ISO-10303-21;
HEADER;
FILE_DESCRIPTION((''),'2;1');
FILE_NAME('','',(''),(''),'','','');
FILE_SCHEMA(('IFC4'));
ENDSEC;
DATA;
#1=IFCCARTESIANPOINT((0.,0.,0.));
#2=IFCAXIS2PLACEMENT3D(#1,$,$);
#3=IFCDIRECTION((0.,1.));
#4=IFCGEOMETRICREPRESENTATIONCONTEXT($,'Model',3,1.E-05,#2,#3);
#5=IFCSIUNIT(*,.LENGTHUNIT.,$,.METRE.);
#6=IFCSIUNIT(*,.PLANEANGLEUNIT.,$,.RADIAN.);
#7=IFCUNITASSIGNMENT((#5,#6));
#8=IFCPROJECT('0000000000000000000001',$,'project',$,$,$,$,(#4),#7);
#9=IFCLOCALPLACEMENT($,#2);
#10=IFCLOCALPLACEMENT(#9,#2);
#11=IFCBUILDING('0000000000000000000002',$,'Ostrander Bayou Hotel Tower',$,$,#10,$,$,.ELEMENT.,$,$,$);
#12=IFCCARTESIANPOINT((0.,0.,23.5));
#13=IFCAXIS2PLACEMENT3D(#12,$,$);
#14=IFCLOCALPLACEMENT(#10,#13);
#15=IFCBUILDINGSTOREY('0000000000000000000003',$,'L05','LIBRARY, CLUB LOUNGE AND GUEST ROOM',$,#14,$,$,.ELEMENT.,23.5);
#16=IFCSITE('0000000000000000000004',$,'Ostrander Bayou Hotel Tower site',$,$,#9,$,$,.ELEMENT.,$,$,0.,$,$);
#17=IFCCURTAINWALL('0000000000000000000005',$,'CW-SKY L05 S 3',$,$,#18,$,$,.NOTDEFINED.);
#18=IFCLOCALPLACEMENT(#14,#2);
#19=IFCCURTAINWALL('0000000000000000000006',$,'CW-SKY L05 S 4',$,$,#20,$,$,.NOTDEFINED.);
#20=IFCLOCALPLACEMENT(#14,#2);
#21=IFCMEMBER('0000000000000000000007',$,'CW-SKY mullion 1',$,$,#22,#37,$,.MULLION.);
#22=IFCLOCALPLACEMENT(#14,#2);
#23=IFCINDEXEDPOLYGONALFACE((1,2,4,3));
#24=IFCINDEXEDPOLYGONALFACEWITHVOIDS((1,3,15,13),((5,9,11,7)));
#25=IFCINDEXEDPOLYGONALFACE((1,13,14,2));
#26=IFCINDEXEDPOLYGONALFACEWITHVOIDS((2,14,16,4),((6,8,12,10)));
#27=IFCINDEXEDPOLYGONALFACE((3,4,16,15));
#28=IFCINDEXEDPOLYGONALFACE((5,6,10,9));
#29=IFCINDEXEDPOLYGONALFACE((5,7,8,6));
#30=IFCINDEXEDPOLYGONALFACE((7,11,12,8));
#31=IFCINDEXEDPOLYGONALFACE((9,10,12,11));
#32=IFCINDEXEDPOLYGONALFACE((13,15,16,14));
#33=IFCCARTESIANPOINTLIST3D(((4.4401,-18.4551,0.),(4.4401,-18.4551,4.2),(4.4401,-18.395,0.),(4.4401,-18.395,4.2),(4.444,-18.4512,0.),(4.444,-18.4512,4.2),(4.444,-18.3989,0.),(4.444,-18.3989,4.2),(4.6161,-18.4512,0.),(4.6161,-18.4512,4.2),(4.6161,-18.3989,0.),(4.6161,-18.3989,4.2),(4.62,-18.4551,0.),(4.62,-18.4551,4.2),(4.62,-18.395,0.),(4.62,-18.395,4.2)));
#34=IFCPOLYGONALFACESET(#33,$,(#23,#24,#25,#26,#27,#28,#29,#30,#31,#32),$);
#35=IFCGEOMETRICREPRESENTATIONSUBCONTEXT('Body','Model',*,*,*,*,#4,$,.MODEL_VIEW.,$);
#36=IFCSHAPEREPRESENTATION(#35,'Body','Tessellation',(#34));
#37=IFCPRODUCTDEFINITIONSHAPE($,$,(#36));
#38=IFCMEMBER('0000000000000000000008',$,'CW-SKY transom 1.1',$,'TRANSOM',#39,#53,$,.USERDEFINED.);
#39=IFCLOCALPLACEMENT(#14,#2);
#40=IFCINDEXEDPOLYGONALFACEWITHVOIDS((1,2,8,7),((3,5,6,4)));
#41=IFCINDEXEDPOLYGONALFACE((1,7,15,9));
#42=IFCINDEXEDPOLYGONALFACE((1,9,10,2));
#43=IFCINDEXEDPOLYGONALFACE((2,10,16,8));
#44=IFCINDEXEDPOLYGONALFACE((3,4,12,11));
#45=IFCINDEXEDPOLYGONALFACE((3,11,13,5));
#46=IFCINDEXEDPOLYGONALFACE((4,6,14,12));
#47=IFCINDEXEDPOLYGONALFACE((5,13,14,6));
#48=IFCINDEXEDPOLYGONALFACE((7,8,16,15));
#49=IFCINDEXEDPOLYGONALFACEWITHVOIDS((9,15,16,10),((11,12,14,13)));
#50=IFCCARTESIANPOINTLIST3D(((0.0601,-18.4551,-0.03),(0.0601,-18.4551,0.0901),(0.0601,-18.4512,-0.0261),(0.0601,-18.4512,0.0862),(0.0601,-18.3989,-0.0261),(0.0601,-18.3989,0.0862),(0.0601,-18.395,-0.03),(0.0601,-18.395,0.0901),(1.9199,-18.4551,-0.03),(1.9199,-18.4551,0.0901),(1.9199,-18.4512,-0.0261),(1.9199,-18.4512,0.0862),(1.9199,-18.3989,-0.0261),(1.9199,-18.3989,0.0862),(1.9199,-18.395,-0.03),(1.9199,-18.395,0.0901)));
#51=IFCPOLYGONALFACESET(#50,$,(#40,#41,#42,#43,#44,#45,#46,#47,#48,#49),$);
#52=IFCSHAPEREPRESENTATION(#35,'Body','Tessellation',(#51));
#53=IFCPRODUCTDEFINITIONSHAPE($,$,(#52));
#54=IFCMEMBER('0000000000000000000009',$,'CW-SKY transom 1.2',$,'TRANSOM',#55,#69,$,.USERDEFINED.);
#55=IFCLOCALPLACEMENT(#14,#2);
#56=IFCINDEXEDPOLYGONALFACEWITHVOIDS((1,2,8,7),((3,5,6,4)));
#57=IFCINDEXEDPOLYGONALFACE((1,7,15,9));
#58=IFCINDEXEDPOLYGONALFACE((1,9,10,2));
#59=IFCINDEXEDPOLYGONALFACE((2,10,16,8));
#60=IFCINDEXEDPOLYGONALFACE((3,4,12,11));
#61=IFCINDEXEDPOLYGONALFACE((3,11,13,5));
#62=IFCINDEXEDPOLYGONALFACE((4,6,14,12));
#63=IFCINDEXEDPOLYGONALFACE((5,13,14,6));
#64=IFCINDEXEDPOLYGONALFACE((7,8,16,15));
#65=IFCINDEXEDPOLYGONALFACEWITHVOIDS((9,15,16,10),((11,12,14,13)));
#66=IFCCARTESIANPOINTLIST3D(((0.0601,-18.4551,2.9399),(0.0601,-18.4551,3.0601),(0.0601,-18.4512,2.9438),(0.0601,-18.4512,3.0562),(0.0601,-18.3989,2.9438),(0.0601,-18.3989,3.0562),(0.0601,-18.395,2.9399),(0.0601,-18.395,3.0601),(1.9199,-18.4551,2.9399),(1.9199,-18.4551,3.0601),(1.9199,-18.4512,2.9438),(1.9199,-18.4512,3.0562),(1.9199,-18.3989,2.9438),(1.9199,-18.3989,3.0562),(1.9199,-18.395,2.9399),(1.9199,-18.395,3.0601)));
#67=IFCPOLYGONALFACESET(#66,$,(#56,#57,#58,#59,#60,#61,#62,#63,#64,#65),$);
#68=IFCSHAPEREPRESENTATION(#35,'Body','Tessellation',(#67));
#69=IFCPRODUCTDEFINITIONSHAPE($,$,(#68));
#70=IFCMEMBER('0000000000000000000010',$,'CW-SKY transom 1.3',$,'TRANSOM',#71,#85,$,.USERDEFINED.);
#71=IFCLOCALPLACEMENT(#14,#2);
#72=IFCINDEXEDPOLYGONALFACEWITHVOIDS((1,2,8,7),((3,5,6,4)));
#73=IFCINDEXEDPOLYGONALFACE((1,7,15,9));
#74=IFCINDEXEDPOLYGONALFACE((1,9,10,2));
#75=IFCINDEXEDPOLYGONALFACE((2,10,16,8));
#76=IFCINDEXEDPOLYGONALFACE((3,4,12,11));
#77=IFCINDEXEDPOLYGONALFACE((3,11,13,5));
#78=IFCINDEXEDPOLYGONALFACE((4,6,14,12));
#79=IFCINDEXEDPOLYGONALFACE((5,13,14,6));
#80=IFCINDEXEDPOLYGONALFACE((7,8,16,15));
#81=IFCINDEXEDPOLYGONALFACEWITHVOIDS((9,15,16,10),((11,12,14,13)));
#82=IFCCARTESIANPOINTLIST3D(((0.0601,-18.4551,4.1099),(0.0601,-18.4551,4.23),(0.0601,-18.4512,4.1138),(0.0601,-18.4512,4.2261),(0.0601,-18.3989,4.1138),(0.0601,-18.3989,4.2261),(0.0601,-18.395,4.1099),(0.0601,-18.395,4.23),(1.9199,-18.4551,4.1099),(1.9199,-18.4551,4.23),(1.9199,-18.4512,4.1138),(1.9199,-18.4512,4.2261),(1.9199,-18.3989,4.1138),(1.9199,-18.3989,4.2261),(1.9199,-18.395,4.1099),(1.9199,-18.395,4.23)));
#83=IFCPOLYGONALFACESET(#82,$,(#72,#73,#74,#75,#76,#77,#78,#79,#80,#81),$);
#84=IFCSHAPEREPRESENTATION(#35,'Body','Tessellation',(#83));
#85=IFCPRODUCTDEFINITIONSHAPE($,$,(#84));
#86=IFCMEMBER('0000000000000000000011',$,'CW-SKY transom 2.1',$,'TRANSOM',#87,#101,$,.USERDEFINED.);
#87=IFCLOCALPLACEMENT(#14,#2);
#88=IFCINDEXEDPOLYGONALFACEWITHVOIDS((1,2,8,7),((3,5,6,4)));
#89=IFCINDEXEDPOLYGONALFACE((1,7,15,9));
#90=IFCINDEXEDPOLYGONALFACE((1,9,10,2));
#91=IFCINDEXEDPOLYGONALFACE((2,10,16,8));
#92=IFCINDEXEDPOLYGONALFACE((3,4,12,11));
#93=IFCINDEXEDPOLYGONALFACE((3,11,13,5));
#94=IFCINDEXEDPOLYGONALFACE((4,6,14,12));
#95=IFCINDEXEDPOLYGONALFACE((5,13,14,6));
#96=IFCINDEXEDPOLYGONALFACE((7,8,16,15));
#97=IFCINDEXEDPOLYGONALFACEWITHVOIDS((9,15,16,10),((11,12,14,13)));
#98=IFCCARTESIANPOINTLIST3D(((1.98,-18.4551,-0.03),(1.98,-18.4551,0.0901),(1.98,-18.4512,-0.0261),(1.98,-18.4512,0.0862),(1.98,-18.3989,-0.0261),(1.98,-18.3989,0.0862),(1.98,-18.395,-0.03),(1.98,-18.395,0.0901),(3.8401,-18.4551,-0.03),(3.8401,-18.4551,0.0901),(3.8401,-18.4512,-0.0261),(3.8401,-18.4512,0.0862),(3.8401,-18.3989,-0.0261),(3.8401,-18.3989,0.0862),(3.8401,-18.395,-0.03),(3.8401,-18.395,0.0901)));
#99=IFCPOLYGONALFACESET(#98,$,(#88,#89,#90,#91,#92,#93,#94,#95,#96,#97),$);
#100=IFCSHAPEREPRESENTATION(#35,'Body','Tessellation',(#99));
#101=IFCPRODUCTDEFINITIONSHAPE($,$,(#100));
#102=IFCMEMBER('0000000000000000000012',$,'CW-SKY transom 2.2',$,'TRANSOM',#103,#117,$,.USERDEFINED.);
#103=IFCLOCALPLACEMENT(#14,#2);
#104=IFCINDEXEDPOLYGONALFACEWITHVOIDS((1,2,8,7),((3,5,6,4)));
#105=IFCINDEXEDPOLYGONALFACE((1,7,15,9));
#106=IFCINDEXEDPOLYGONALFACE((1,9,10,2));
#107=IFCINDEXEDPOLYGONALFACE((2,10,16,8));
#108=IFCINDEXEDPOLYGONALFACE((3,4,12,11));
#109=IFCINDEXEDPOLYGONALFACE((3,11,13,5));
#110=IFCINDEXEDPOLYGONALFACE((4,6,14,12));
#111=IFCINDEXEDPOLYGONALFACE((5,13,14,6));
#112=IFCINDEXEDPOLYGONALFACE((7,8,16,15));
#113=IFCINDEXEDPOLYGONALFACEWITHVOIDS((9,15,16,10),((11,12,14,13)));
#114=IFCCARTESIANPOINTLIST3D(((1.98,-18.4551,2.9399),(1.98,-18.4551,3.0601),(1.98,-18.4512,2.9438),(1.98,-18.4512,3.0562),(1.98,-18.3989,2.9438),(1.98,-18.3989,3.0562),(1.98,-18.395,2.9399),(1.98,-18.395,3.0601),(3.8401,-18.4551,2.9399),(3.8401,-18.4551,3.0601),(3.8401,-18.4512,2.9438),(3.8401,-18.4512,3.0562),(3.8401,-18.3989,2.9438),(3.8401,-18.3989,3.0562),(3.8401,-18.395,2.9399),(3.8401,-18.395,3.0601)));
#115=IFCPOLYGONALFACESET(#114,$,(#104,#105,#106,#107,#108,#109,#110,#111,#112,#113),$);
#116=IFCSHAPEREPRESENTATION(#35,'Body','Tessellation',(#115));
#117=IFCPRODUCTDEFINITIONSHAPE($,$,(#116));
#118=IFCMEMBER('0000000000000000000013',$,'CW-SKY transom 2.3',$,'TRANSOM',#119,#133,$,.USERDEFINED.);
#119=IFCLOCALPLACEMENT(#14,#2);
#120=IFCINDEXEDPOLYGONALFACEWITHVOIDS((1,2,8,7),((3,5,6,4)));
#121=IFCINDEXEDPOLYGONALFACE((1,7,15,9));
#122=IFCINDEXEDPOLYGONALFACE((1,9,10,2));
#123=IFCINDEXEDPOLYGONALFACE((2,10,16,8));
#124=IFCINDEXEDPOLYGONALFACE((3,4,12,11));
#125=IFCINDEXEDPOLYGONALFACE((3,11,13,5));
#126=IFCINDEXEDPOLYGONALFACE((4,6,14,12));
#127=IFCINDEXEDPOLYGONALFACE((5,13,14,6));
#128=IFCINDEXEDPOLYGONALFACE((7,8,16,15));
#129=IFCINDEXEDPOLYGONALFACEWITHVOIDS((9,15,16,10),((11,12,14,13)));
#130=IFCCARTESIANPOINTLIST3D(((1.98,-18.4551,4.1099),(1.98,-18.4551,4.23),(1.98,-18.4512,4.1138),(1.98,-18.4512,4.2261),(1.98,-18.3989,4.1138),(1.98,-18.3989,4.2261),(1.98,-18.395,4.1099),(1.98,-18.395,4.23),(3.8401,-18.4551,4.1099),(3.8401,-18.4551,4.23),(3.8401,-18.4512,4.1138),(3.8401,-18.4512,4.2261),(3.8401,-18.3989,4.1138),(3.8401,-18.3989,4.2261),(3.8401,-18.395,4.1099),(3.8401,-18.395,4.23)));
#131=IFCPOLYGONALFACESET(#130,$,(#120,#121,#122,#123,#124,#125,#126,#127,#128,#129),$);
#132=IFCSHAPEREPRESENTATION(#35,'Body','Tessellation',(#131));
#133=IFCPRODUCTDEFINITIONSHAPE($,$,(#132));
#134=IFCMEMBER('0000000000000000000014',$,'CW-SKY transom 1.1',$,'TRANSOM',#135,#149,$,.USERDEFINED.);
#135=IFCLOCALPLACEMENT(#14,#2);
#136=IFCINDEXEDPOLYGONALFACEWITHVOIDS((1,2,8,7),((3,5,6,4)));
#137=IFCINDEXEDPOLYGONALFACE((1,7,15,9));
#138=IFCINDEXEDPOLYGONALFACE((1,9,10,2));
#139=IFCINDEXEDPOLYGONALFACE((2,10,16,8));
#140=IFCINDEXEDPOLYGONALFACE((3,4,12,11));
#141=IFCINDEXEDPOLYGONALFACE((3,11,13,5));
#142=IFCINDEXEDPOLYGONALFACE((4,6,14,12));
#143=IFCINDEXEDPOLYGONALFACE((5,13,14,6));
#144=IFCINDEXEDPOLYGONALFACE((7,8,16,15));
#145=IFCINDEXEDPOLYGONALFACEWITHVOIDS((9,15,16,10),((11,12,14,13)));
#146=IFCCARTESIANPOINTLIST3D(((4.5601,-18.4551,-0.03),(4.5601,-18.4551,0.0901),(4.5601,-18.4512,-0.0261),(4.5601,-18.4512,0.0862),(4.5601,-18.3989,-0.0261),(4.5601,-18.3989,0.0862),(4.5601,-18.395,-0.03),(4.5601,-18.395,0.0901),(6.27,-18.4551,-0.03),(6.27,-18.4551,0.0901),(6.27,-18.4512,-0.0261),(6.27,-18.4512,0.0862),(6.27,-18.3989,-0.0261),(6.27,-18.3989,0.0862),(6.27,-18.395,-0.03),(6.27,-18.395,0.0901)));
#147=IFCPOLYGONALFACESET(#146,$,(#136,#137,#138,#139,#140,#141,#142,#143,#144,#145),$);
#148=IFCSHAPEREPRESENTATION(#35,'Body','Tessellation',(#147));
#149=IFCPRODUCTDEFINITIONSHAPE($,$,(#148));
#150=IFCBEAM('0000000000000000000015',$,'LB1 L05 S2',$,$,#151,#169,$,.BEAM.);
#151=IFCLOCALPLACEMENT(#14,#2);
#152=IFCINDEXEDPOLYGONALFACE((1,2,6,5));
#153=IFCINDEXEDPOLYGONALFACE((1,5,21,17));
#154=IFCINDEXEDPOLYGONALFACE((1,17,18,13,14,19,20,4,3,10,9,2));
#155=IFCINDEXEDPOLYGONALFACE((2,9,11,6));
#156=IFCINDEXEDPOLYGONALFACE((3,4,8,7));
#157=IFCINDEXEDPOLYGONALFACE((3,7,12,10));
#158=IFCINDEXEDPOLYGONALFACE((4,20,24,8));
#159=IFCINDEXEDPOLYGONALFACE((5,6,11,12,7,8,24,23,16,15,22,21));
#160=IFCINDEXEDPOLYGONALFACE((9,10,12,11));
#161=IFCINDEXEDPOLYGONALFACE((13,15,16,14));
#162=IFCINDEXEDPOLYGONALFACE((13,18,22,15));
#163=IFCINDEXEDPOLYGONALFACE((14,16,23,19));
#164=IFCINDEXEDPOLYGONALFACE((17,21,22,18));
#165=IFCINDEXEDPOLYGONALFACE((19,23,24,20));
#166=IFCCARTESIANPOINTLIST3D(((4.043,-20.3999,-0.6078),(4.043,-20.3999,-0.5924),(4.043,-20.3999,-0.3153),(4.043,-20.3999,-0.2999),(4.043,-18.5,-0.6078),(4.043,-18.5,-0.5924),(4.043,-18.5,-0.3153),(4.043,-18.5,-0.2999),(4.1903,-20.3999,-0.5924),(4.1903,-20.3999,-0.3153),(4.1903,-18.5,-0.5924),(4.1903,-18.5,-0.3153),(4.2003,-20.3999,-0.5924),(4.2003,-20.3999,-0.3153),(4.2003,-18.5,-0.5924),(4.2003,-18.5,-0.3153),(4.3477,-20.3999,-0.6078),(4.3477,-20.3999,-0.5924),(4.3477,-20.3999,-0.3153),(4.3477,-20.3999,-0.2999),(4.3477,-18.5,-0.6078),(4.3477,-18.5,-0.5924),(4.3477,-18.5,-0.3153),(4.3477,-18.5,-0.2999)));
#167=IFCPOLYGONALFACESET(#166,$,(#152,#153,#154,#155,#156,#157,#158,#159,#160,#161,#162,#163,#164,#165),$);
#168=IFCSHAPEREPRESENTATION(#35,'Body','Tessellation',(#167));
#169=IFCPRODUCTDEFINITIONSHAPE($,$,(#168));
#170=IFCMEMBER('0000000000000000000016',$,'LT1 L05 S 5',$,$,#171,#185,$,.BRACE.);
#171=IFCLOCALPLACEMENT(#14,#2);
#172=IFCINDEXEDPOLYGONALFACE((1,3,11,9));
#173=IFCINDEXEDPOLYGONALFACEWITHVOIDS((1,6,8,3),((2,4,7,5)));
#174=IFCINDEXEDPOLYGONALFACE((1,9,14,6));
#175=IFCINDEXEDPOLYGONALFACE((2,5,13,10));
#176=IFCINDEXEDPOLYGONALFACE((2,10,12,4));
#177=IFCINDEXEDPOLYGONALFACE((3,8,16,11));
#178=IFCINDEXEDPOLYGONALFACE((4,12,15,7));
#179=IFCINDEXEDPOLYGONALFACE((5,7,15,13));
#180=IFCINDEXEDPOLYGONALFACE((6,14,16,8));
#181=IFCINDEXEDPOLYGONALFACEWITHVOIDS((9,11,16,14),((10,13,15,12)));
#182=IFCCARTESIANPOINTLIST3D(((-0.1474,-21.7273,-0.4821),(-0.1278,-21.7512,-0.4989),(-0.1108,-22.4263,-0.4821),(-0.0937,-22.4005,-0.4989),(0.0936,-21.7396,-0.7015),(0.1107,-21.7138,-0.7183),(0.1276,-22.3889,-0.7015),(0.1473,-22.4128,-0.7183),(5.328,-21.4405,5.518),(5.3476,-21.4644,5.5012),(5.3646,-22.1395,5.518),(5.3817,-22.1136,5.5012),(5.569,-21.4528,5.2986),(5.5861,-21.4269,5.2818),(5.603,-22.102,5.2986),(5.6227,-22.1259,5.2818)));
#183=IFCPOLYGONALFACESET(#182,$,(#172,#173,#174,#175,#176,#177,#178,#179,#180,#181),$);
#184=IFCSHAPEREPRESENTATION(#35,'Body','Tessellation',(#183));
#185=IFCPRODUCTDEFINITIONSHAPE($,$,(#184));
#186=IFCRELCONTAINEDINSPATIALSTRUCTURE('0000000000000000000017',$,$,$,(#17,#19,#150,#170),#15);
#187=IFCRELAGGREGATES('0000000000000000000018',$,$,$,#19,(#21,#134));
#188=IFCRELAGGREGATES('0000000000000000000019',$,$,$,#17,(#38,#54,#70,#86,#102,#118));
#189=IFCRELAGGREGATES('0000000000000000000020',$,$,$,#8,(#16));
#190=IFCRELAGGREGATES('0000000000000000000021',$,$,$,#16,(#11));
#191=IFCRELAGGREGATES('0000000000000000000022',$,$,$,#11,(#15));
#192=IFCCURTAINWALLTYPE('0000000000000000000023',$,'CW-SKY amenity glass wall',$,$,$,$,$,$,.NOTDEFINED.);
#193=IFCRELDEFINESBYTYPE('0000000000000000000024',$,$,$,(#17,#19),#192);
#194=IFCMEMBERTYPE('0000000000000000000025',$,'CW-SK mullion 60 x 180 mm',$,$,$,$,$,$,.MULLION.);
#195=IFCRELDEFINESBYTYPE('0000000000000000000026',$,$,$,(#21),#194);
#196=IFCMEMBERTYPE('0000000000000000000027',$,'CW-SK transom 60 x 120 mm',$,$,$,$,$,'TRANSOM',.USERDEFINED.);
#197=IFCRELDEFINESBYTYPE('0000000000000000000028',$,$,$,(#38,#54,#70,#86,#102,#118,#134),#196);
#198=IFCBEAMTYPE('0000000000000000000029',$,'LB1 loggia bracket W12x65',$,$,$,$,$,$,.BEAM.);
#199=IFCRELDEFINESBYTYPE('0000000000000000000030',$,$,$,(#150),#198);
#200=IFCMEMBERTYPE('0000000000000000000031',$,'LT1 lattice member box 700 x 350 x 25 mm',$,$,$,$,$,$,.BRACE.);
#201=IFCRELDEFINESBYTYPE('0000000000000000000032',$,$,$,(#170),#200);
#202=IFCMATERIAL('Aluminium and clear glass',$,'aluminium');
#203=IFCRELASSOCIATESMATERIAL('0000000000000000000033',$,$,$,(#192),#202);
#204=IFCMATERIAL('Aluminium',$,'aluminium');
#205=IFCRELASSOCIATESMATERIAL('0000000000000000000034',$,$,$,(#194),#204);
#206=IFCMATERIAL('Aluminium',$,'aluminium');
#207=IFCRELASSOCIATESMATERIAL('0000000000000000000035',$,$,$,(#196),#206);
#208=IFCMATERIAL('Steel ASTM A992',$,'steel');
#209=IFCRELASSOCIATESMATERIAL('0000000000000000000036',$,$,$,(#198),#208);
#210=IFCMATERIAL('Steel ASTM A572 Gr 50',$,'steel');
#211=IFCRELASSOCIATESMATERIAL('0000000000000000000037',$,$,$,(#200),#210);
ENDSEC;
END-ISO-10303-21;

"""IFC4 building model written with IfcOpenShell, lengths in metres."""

from ifc_helpers import new_model, si_unit, direction, frame, origin, origin_2d, place, context, subcontext, project, spatial, hollow_rectangle, i_section, extrude, material, material_profile, profile_set, type_object, element, aggregate, save


model = new_model("IFC4")

# Units and contexts
model_context = context("Model", 3, precision=1e-05, world=origin(), true_north=direction((0.0, 1.0)))
body_context = subcontext(model_context, "Body", "Model", "MODEL_VIEW")
ifc_project = project(units=[si_unit("LENGTHUNIT", "METRE"), si_unit("PLANEANGLEUNIT", "RADIAN")], contexts=[model_context])

# Site, building, storey
site_placement = place(None, origin())
site = spatial("IfcSite", under=ifc_project, at=site_placement, Name="Ostrander Bayou Hotel Tower site", CompositionType="ELEMENT", RefElevation=0.0)
building_placement = place(site_placement, origin())
building = spatial("IfcBuilding", under=site, at=building_placement, Name="Ostrander Bayou Hotel Tower", CompositionType="ELEMENT")
storey_placement = place(building_placement, frame((0.0, 0.0, 23.5)))
storey = spatial("IfcBuildingStorey", under=building, at=storey_placement, Name="L05", Description="LIBRARY, CLUB LOUNGE AND GUEST ROOM", CompositionType="ELEMENT", Elevation=23.5)

# Curtain wall
ifc_material_1 = material(Name="Aluminium and clear glass", Category="aluminium")
curtain_wall_type_1 = type_object("IfcCurtainWallType", Name="CW-SKY amenity glass wall", PredefinedType="NOTDEFINED", material=ifc_material_1)
curtain_wall_1_placement = place(storey_placement, origin())
curtain_wall_1 = element("IfcCurtainWall", 1, at=curtain_wall_1_placement, inside=storey, type_object=curtain_wall_type_1, Name="CW-SKY L05 S 3", PredefinedType="NOTDEFINED")
ifc_material_2 = material(Name="Aluminium", Category="aluminium")
ifc_material_profile_1 = material_profile(ifc_material_2, hollow_rectangle(XDim=0.0601, YDim=0.1799, WallThickness=0.0039, at=origin_2d()))
ifc_profile_set_1 = profile_set([ifc_material_profile_1], Name="Aluminium")
member_type_1 = type_object("IfcMemberType", Name="CW-SK mullion 60 x 180 mm", PredefinedType="MULLION", material=ifc_profile_set_1)

# Curtain wall, member
curtain_wall_2_placement = place(storey_placement, origin())
curtain_wall_2 = element("IfcCurtainWall", 2, at=curtain_wall_2_placement, inside=storey, type_object=curtain_wall_type_1, Name="CW-SKY L05 S 4", PredefinedType="NOTDEFINED")
member_1_placement = place(storey_placement, frame((4.53, -18.425, 0.0), z_axis=(0.0, 0.0, 1.0), x_axis=(0.0, 1.0, 0.0)))
member_1 = element("IfcMember", 3, at=member_1_placement, type_object=member_type_1, Name="CW-SKY mullion 1", PredefinedType="MULLION", context=body_context, shape_type="SweptSolid", body=[
    extrude(hollow_rectangle(XDim=0.0601, YDim=0.1799, WallThickness=0.0039, at=origin_2d()), origin(), (0.0, 0.0, 1.0), 4.2),
])

# Members
ifc_material_3 = material(Name="Aluminium", Category="aluminium")
ifc_material_profile_2 = material_profile(ifc_material_3, hollow_rectangle(XDim=0.0601, YDim=0.1201, WallThickness=0.0039, at=origin_2d()))
ifc_profile_set_2 = profile_set([ifc_material_profile_2], Name="Aluminium")
member_type_2 = type_object("IfcMemberType", Name="CW-SK transom 60 x 120 mm", ElementType="TRANSOM", PredefinedType="USERDEFINED", material=ifc_profile_set_2)
member_2_placement = place(storey_placement, frame((0.0601, -18.425, 0.03), z_axis=(1.0, 0.0, 0.0), x_axis=(0.0, 1.0, 0.0)))
member_2 = element("IfcMember", 4, at=member_2_placement, type_object=member_type_2, Name="CW-SKY transom 1.1", ObjectType="TRANSOM", PredefinedType="USERDEFINED", context=body_context, shape_type="SweptSolid", body=[
    extrude(hollow_rectangle(XDim=0.0601, YDim=0.1201, WallThickness=0.0039, at=origin_2d()), origin(), (0.0, 0.0, 1.0), 1.8599),
])
member_3_placement = place(storey_placement, frame((0.0601, -18.425, 3.0), z_axis=(1.0, 0.0, 0.0), x_axis=(0.0, 1.0, 0.0)))
member_3 = element("IfcMember", 5, at=member_3_placement, type_object=member_type_2, Name="CW-SKY transom 1.2", ObjectType="TRANSOM", PredefinedType="USERDEFINED", context=body_context, shape_type="SweptSolid", body=[
    extrude(hollow_rectangle(XDim=0.0601, YDim=0.1201, WallThickness=0.0039, at=origin_2d()), origin(), (0.0, 0.0, 1.0), 1.8599),
])
member_4_placement = place(storey_placement, frame((0.0601, -18.425, 4.1699), z_axis=(1.0, 0.0, 0.0), x_axis=(0.0, 1.0, 0.0)))
member_4 = element("IfcMember", 6, at=member_4_placement, type_object=member_type_2, Name="CW-SKY transom 1.3", ObjectType="TRANSOM", PredefinedType="USERDEFINED", context=body_context, shape_type="SweptSolid", body=[
    extrude(hollow_rectangle(XDim=0.0601, YDim=0.1201, WallThickness=0.0039, at=origin_2d()), origin(), (0.0, 0.0, 1.0), 1.8599),
])
member_5_placement = place(storey_placement, frame((1.98, -18.425, 0.03), z_axis=(1.0, 0.0, 0.0), x_axis=(0.0, 1.0, 0.0)))
member_5 = element("IfcMember", 7, at=member_5_placement, type_object=member_type_2, Name="CW-SKY transom 2.1", ObjectType="TRANSOM", PredefinedType="USERDEFINED", context=body_context, shape_type="SweptSolid", body=[
    extrude(hollow_rectangle(XDim=0.0601, YDim=0.1201, WallThickness=0.0039, at=origin_2d()), origin(), (0.0, 0.0, 1.0), 1.8601),
])
member_6_placement = place(storey_placement, frame((1.98, -18.425, 3.0), z_axis=(1.0, 0.0, 0.0), x_axis=(0.0, 1.0, 0.0)))
member_6 = element("IfcMember", 8, at=member_6_placement, type_object=member_type_2, Name="CW-SKY transom 2.2", ObjectType="TRANSOM", PredefinedType="USERDEFINED", context=body_context, shape_type="SweptSolid", body=[
    extrude(hollow_rectangle(XDim=0.0601, YDim=0.1201, WallThickness=0.0039, at=origin_2d()), origin(), (0.0, 0.0, 1.0), 1.8601),
])
member_7_placement = place(storey_placement, frame((1.98, -18.425, 4.1699), z_axis=(1.0, 0.0, 0.0), x_axis=(0.0, 1.0, 0.0)))
member_7 = element("IfcMember", 9, at=member_7_placement, type_object=member_type_2, Name="CW-SKY transom 2.3", ObjectType="TRANSOM", PredefinedType="USERDEFINED", context=body_context, shape_type="SweptSolid", body=[
    extrude(hollow_rectangle(XDim=0.0601, YDim=0.1201, WallThickness=0.0039, at=origin_2d()), origin(), (0.0, 0.0, 1.0), 1.8601),
])
member_8_placement = place(storey_placement, frame((4.5601, -18.425, 0.03), z_axis=(1.0, 0.0, 0.0), x_axis=(0.0, 1.0, 0.0)))
member_8 = element("IfcMember", 10, at=member_8_placement, type_object=member_type_2, Name="CW-SKY transom 1.1", ObjectType="TRANSOM", PredefinedType="USERDEFINED", context=body_context, shape_type="SweptSolid", body=[
    extrude(hollow_rectangle(XDim=0.0601, YDim=0.1201, WallThickness=0.0039, at=origin_2d()), origin(), (0.0, 0.0, 1.0), 1.71),
])
aggregate(curtain_wall_2, [member_1, member_8])

# Beam
ifc_material_4 = material(Name="Steel ASTM A992", Category="steel")
ifc_material_profile_3 = material_profile(ifc_material_4, i_section(OverallWidth=0.3047, OverallDepth=0.3079, WebThickness=0.01, FlangeThickness=0.0154, at=origin_2d()))
ifc_profile_set_3 = profile_set([ifc_material_profile_3], Name="Steel ASTM A992")
beam_type_1 = type_object("IfcBeamType", Name="LB1 loggia bracket W12x65", PredefinedType="BEAM", material=ifc_profile_set_3)
beam_1_placement = place(storey_placement, frame((4.1953, -20.3999, -0.4539), z_axis=(0.0, 1.0, 0.0), x_axis=(-1.0, 0.0, 0.0)))
element("IfcBeam", 11, at=beam_1_placement, inside=storey, type_object=beam_type_1, Name="LB1 L05 S2", PredefinedType="BEAM", context=body_context, shape_type="SweptSolid", body=[
    extrude(i_section(OverallWidth=0.3047, OverallDepth=0.3079, WebThickness=0.01, FlangeThickness=0.0154, at=origin_2d()), origin(), (0.0, 0.0, 1.0), 1.8999),
])

# Member
ifc_material_5 = material(Name="Steel ASTM A572 Gr 50", Category="steel")
ifc_material_profile_4 = material_profile(ifc_material_5, hollow_rectangle(XDim=0.7, YDim=0.3501, WallThickness=0.0249, at=origin_2d()))
ifc_profile_set_4 = profile_set([ifc_material_profile_4], Name="Steel ASTM A572 Gr 50")
member_type_3 = type_object("IfcMemberType", Name="LT1 lattice member box 700 x 350 x 25 mm", PredefinedType="BRACE", material=ifc_profile_set_4)
for number, where, z_axis, x_axis, name in (
    (12, (5.4753, -21.7832, 5.3999), (-0.673653, -0.035294, -0.738204), (0.05232, -0.99863, 0.0), "LT1 L05 S 5"),
):
    element("IfcMember", number, at=place(storey_placement, frame(where, z_axis=z_axis, x_axis=x_axis)), inside=storey, type_object=member_type_3, Name=name, PredefinedType="BRACE", context=body_context, shape_type="SweptSolid", body=[
        extrude(hollow_rectangle(XDim=0.7, YDim=0.3501, WallThickness=0.0249, at=origin_2d()), origin(), (0.0, 0.0, 1.0), 8.1279),
    ])

aggregate(curtain_wall_1, [member_2, member_3, member_4, member_5, member_6, member_7])

save(model, "model.ifc")
